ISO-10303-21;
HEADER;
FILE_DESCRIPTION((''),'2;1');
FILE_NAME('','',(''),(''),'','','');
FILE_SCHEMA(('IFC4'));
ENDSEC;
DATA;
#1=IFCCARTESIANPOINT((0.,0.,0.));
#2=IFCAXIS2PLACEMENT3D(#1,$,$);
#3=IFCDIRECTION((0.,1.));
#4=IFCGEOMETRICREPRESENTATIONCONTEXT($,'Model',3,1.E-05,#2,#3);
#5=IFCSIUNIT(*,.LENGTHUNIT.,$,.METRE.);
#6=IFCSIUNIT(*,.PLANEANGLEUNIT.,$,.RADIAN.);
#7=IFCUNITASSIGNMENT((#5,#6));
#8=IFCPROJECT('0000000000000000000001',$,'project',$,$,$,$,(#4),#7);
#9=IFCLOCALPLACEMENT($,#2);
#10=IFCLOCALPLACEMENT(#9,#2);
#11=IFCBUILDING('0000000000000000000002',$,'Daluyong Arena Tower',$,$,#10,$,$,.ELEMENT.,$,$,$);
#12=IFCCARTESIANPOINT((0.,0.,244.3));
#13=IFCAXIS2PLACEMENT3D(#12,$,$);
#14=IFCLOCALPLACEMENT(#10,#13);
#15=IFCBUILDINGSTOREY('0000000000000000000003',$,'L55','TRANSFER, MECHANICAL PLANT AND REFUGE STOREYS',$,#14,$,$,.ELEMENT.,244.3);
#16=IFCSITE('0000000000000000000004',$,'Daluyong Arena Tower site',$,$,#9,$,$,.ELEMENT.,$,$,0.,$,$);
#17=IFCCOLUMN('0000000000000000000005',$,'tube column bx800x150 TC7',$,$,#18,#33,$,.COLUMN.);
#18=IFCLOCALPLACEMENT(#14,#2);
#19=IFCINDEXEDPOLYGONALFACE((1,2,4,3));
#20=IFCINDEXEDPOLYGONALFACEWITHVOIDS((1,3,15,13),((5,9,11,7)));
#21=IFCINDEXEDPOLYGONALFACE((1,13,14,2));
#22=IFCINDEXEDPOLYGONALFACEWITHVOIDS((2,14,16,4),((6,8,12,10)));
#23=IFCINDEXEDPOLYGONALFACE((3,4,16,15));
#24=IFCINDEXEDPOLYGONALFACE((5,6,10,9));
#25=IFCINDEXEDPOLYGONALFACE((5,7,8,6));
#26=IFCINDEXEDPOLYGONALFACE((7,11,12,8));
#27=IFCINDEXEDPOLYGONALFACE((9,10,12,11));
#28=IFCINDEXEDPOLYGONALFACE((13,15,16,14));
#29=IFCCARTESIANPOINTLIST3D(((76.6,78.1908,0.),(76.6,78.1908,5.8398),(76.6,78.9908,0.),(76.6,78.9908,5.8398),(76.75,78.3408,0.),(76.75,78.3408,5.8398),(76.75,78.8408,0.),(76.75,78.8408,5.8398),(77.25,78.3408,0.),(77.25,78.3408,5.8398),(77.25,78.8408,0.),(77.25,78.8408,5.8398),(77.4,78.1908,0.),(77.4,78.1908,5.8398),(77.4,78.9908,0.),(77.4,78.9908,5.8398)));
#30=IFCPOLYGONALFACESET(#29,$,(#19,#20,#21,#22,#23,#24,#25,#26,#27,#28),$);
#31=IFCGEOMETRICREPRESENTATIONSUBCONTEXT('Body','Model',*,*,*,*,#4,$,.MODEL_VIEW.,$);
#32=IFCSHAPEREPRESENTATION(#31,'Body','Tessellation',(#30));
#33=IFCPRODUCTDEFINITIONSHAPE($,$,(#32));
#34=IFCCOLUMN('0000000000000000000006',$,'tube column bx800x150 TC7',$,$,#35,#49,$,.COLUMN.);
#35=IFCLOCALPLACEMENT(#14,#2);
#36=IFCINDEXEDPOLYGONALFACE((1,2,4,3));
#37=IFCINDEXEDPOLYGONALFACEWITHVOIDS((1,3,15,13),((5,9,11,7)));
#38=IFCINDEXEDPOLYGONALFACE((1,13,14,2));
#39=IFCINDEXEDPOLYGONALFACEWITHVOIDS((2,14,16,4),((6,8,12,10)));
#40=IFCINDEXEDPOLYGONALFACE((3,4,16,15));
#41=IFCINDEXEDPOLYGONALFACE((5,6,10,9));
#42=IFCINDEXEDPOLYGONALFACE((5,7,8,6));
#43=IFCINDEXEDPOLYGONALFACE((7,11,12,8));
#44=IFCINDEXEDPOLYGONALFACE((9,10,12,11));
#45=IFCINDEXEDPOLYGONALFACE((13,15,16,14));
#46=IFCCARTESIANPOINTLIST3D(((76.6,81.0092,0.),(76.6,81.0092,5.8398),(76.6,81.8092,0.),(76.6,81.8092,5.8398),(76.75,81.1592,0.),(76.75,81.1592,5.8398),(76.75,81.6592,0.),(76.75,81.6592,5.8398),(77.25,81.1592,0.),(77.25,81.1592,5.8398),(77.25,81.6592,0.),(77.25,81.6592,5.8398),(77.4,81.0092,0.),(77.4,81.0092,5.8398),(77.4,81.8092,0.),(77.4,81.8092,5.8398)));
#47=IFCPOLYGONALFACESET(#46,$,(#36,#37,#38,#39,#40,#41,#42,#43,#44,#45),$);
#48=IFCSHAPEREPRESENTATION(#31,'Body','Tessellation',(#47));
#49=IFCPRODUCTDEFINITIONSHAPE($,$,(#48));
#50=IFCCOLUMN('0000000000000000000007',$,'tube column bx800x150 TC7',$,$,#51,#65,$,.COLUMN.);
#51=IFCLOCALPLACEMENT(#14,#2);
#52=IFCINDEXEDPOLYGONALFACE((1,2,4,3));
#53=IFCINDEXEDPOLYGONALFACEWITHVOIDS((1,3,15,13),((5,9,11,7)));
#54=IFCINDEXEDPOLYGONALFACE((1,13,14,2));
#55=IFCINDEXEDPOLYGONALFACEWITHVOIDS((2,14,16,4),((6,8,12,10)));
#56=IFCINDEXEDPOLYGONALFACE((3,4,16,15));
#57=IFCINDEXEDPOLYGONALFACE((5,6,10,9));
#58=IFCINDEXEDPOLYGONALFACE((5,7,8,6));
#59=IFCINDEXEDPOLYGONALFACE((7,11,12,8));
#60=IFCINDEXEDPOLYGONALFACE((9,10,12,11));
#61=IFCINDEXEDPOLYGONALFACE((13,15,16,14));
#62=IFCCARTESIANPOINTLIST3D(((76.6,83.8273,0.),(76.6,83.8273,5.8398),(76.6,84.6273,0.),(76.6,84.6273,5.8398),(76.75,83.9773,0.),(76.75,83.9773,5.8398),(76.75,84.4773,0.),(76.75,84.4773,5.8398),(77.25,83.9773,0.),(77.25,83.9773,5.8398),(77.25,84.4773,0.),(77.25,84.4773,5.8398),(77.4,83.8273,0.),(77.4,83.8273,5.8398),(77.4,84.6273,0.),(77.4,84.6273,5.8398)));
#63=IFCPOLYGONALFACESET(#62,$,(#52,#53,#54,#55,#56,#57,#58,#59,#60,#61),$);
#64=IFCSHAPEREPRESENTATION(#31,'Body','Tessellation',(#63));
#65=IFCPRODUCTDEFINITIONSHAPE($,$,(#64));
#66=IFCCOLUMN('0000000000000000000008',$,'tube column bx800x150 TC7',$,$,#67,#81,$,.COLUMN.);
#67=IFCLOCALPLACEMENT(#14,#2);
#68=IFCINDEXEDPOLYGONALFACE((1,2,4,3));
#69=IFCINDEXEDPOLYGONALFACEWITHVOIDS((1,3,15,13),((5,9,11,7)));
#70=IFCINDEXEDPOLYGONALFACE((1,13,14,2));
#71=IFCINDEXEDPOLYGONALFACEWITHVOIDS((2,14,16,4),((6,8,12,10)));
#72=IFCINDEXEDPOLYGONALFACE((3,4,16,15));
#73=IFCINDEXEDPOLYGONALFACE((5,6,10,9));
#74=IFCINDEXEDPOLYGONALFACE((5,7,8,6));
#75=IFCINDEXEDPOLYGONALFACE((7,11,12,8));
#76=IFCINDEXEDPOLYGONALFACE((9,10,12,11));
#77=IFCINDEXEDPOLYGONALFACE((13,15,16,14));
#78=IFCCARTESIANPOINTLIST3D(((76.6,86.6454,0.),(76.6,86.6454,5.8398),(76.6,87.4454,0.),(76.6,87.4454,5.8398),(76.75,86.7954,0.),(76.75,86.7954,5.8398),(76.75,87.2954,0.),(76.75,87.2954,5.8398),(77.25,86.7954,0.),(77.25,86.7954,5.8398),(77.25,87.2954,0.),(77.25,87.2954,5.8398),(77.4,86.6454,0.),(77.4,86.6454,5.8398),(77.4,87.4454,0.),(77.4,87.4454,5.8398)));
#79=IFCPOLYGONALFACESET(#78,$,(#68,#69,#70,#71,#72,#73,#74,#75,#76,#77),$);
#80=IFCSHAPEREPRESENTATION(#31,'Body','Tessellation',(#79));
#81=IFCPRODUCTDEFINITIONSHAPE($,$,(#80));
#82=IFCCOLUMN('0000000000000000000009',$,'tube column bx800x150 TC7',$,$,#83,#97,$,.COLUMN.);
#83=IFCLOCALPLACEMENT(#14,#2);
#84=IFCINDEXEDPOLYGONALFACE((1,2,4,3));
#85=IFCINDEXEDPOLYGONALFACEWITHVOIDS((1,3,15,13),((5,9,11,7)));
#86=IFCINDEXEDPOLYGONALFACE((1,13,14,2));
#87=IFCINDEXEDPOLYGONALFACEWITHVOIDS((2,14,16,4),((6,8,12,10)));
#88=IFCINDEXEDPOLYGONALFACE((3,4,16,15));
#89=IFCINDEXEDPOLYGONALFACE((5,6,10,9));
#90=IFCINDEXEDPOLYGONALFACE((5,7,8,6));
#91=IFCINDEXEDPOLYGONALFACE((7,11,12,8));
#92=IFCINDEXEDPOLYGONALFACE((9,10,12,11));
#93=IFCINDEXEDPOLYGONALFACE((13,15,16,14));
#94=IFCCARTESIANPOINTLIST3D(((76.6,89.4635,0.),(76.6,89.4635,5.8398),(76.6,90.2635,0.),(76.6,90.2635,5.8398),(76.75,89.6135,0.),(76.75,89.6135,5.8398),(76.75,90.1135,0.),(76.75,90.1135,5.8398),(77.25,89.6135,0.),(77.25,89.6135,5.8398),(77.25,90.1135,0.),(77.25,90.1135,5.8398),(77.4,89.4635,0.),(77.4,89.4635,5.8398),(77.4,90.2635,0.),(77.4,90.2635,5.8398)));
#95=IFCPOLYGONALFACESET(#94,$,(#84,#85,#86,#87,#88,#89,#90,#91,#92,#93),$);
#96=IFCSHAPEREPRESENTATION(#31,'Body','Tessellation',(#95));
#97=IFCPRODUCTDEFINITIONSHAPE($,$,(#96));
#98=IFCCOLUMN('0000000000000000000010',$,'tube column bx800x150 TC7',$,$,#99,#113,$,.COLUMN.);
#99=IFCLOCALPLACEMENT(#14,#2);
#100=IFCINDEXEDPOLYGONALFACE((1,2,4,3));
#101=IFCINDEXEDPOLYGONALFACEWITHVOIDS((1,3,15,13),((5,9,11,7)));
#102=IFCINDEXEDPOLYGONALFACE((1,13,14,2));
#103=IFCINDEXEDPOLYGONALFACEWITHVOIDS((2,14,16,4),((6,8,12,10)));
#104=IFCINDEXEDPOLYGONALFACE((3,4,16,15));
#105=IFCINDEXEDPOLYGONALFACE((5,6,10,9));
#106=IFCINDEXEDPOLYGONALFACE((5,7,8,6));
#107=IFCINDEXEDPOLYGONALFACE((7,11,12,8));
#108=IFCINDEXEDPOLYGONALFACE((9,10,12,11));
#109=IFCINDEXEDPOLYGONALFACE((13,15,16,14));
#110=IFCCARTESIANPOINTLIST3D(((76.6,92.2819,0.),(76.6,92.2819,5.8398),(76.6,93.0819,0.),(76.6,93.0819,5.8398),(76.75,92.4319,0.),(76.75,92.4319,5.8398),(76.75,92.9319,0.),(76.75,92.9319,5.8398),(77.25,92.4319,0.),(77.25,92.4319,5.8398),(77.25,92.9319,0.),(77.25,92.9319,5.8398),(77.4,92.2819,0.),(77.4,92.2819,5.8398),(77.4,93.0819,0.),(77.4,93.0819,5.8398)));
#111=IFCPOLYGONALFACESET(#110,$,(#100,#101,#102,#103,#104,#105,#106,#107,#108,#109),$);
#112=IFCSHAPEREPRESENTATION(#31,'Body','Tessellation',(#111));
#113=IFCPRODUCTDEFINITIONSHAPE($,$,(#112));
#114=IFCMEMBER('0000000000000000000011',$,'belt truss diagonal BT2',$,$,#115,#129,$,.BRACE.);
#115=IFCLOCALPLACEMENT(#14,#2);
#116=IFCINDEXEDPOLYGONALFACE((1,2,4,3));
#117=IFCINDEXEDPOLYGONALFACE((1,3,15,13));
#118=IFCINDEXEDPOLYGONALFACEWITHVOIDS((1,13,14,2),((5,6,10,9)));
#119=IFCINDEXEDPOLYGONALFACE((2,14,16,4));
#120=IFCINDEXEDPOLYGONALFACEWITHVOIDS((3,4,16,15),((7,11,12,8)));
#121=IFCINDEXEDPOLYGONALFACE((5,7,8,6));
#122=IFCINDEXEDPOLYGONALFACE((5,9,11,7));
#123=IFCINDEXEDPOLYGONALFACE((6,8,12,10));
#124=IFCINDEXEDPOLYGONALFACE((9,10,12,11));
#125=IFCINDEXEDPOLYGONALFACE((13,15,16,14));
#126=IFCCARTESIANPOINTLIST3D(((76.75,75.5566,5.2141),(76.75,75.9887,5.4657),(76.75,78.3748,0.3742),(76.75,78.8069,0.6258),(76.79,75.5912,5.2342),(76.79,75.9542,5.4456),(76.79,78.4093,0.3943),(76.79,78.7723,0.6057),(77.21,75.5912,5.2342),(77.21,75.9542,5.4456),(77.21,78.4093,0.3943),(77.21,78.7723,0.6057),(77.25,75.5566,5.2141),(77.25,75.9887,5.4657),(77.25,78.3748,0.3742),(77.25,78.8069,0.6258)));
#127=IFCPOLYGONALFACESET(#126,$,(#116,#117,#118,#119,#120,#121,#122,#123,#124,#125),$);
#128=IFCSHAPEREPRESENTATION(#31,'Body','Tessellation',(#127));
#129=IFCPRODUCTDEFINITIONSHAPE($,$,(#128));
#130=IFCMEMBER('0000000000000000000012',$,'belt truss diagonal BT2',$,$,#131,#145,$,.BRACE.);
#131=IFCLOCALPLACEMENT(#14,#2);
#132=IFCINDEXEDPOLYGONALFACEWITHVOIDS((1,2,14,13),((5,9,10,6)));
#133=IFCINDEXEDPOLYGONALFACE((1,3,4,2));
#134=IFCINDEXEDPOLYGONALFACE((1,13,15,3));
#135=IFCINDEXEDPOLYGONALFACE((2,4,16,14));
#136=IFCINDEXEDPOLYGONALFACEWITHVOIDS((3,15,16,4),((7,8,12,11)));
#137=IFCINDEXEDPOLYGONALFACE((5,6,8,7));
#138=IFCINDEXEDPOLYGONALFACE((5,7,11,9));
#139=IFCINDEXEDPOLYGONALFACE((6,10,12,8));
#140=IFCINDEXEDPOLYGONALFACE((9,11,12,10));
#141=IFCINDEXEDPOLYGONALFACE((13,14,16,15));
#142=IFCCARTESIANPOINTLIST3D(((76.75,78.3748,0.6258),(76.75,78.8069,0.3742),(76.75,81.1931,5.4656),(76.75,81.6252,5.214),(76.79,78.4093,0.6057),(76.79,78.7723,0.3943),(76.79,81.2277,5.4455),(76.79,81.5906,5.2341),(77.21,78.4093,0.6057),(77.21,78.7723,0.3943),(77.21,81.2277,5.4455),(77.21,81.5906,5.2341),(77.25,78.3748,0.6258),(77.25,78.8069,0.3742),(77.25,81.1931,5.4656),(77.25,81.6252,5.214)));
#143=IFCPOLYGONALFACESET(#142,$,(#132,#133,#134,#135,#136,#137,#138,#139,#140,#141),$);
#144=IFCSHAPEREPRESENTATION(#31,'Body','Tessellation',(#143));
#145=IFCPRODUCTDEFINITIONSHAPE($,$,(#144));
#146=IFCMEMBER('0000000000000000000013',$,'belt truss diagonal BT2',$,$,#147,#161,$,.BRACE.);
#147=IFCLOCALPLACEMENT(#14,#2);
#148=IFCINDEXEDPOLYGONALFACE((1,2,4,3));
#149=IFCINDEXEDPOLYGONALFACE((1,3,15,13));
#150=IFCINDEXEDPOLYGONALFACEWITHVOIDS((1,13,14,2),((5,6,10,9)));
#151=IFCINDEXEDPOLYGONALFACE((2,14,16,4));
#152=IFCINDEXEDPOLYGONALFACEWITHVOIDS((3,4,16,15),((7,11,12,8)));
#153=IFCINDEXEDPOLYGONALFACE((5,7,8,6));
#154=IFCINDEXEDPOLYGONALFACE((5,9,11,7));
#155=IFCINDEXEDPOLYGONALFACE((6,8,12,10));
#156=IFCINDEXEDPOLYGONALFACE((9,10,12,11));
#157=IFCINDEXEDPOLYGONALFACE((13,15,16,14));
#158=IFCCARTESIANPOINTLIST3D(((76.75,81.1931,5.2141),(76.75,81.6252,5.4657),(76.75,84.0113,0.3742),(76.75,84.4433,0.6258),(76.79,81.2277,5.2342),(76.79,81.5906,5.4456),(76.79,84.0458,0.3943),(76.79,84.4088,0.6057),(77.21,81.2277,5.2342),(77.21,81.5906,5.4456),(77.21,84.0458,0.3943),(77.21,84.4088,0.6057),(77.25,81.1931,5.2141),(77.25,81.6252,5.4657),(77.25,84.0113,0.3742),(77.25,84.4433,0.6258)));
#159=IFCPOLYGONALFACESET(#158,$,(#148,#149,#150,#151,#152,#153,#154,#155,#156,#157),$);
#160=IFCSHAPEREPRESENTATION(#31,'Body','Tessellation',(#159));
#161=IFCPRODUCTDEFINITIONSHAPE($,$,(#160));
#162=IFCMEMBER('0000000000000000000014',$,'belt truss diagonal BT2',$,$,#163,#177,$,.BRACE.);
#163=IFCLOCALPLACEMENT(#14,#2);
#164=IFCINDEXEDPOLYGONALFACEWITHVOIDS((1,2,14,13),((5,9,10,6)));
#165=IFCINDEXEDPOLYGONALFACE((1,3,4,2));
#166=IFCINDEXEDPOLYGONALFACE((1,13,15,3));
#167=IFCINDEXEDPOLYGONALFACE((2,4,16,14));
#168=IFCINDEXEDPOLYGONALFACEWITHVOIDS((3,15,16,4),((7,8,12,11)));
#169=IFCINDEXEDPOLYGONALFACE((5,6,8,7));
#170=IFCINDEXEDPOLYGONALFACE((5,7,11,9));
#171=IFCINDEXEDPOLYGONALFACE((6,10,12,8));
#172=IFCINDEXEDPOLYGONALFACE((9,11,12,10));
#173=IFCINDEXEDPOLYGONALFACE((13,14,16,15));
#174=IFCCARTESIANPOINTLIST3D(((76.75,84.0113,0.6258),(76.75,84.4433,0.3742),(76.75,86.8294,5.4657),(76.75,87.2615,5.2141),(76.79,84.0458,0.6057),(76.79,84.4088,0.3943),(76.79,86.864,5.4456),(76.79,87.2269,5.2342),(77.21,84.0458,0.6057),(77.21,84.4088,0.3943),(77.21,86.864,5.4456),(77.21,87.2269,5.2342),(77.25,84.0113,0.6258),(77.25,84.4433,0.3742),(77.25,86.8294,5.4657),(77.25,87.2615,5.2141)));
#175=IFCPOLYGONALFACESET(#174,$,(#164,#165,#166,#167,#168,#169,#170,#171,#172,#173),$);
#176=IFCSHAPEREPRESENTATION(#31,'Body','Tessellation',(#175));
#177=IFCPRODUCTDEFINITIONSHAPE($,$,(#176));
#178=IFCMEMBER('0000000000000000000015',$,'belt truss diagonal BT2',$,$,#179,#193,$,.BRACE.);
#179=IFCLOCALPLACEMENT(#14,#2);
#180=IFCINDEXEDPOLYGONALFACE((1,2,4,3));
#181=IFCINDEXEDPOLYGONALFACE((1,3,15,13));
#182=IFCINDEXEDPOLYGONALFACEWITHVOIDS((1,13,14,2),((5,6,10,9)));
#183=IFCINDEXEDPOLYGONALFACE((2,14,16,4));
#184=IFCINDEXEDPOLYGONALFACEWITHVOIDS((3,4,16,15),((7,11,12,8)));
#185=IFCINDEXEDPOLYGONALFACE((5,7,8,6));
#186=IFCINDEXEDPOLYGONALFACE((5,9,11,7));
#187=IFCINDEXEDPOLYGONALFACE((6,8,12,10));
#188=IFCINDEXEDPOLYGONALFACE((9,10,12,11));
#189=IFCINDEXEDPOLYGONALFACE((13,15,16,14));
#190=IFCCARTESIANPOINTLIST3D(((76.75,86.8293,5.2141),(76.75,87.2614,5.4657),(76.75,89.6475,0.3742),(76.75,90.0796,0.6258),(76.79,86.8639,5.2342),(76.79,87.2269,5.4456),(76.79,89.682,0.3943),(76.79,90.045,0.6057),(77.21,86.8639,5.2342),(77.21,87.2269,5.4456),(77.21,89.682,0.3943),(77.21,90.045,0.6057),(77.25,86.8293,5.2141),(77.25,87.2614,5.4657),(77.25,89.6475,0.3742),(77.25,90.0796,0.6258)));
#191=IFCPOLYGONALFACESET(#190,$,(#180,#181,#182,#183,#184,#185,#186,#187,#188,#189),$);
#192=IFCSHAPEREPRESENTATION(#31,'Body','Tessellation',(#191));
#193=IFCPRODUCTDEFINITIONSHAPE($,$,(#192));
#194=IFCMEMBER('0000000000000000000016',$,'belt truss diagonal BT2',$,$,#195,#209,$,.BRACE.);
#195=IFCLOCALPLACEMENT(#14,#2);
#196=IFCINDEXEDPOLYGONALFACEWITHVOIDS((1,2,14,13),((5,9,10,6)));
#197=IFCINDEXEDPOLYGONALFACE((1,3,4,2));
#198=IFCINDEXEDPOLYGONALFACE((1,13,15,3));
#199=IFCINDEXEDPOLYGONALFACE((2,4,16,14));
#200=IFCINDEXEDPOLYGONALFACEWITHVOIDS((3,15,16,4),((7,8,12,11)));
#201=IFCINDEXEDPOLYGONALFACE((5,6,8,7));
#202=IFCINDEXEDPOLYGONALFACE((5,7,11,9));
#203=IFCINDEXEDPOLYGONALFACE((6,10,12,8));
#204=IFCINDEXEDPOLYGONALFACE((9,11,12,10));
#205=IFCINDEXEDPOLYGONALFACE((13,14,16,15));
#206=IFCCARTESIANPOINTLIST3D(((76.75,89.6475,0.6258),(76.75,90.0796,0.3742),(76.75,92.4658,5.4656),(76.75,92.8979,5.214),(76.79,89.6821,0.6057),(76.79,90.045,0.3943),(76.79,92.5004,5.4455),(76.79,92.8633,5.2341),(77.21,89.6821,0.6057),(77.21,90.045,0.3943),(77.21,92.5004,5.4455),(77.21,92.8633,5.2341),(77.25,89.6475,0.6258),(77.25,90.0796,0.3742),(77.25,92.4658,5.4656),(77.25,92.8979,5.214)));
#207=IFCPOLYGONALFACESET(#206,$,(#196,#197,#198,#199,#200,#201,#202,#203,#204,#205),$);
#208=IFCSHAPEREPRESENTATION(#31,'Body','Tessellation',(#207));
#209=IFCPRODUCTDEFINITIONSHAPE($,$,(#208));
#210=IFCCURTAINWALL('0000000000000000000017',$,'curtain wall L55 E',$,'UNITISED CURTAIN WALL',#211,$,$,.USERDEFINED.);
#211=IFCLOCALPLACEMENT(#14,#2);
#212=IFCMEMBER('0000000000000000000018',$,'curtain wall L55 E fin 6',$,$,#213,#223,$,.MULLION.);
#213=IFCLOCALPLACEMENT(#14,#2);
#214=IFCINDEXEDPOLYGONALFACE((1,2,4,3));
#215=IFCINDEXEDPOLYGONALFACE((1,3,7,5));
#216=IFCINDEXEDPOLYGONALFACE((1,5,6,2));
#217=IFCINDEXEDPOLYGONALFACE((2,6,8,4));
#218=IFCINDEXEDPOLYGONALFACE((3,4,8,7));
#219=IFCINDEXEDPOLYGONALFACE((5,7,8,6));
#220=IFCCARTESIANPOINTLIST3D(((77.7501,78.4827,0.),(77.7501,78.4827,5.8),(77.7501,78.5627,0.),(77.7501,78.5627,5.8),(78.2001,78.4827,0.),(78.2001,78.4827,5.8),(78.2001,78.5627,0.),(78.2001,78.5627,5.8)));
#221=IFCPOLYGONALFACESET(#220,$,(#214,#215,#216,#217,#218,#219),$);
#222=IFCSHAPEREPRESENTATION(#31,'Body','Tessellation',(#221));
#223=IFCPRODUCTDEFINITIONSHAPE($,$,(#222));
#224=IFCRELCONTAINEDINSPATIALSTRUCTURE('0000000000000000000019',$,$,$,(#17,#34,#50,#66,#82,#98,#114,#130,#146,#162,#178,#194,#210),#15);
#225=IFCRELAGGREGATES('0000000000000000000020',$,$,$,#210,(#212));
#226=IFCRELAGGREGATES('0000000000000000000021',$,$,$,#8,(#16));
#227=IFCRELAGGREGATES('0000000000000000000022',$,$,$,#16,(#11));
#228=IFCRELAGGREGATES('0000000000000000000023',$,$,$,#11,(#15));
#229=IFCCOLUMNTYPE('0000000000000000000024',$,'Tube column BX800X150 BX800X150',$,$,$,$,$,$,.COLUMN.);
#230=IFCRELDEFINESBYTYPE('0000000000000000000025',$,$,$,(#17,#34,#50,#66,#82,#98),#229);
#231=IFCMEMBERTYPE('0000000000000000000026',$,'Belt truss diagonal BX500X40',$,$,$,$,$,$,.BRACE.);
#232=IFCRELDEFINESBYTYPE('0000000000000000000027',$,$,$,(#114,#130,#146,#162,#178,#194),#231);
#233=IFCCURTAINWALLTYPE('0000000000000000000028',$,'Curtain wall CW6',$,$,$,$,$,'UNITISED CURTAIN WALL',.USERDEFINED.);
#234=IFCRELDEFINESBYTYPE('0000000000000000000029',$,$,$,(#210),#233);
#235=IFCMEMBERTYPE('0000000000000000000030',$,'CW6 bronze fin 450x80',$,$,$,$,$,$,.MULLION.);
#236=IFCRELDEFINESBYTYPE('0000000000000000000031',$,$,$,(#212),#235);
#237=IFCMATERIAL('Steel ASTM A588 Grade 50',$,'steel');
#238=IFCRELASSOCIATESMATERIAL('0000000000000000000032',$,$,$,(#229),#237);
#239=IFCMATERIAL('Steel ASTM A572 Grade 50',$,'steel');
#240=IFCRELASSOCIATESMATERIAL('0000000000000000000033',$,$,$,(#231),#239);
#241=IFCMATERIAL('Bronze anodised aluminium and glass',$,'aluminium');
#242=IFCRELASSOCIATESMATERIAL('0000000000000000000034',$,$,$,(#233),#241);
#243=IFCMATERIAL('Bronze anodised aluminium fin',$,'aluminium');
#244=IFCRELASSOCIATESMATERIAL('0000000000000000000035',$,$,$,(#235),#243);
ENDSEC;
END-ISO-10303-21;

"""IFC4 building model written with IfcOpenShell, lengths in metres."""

from ifc_helpers import new_model, si_unit, direction, frame, origin, origin_2d, place, context, subcontext, project, spatial, rectangle, hollow_rectangle, extrude, material, material_profile, profile_set, type_object, element, aggregate, save


model = new_model("IFC4")

# Units and contexts
model_context = context("Model", 3, precision=1e-05, world=origin(), true_north=direction((0.0, 1.0)))
body_context = subcontext(model_context, "Body", "Model", "MODEL_VIEW")
ifc_project = project(units=[si_unit("LENGTHUNIT", "METRE"), si_unit("PLANEANGLEUNIT", "RADIAN")], contexts=[model_context])

# Site, building, storey
site_placement = place(None, origin())
site = spatial("IfcSite", under=ifc_project, at=site_placement, Name="Daluyong Arena Tower site", CompositionType="ELEMENT", RefElevation=0.0)
building_placement = place(site_placement, origin())
building = spatial("IfcBuilding", under=site, at=building_placement, Name="Daluyong Arena Tower", CompositionType="ELEMENT")
storey_placement = place(building_placement, frame((0.0, 0.0, 244.3)))
storey = spatial("IfcBuildingStorey", under=building, at=storey_placement, Name="L55", Description="TRANSFER, MECHANICAL PLANT AND REFUGE STOREYS", CompositionType="ELEMENT", Elevation=244.3)

# Columns
ifc_material_1 = material(Name="Steel ASTM A588 Grade 50", Category="steel")
ifc_material_profile_1 = material_profile(ifc_material_1, hollow_rectangle(XDim=0.8, YDim=0.8, WallThickness=0.15, at=origin_2d()))
ifc_profile_set_1 = profile_set([ifc_material_profile_1], Name="Steel ASTM A588 Grade 50")
column_type = type_object("IfcColumnType", Name="Tube column BX800X150 BX800X150", PredefinedType="COLUMN", material=ifc_profile_set_1)
for number, where, z_axis, x_axis, name in (
    (1, (77.0, 78.5908, 0.0), (0.0, 0.0, 1.0), (0.0, 1.0, 0.0), "tube column bx800x150 TC7"),
    (2, (77.0, 81.4092, 0.0), (0.0, 0.0, 1.0), (0.0, 1.0, 0.0), "tube column bx800x150 TC7"),
    (3, (77.0, 84.2273, 0.0), (0.0, 0.0, 1.0), (0.0, 1.0, 0.0), "tube column bx800x150 TC7"),
    (4, (77.0, 87.0454, 0.0), (0.0, 0.0, 1.0), (0.0, 1.0, 0.0), "tube column bx800x150 TC7"),
    (5, (77.0, 89.8635, 0.0), (0.0, 0.0, 1.0), (0.0, 1.0, 0.0), "tube column bx800x150 TC7"),
    (6, (77.0, 92.6819, 0.0), (0.0, 0.0, 1.0), (0.0, 1.0, 0.0), "tube column bx800x150 TC7"),
):
    element("IfcColumn", number, at=place(storey_placement, frame(where, z_axis=z_axis, x_axis=x_axis)), inside=storey, type_object=column_type, Name=name, PredefinedType="COLUMN", context=body_context, shape_type="SweptSolid", body=[
        extrude(hollow_rectangle(XDim=0.8, YDim=0.8, WallThickness=0.15, at=origin_2d()), origin(), (0.0, 0.0, 1.0), 5.8398),
    ])

# Members
ifc_material_2 = material(Name="Steel ASTM A572 Grade 50", Category="steel")
ifc_material_profile_2 = material_profile(ifc_material_2, hollow_rectangle(XDim=0.5, YDim=0.5, WallThickness=0.04, at=origin_2d()))
ifc_profile_set_2 = profile_set([ifc_material_profile_2], Name="Steel ASTM A572 Grade 50")
member_type_1 = type_object("IfcMemberType", Name="Belt truss diagonal BX500X40", PredefinedType="BRACE", material=ifc_profile_set_2)
for number, where, z_axis, x_axis, name in (
    (7, (77.0, 78.5908, 0.5), (0.0, -0.503188, 0.864177), (1.0, 0.0, 0.0), "belt truss diagonal BT2"),
    (8, (77.0, 78.5908, 0.5), (0.0, 0.50322, 0.864158), (-1.0, 0.0, 0.0), "belt truss diagonal BT2"),
    (9, (77.0, 84.2273, 0.5), (0.0, -0.503188, 0.864177), (1.0, 0.0, 0.0), "belt truss diagonal BT2"),
    (10, (77.0, 84.2273, 0.5), (0.0, 0.503188, 0.864177), (-1.0, 0.0, 0.0), "belt truss diagonal BT2"),
    (11, (77.0, 89.8635, 0.5), (0.0, -0.503188, 0.864177), (1.0, 0.0, 0.0), "belt truss diagonal BT2"),
    (12, (77.0, 89.8635, 0.5), (0.0, 0.50322, 0.864158), (-1.0, 0.0, 0.0), "belt truss diagonal BT2"),
):
    element("IfcMember", number, at=place(storey_placement, frame(where, z_axis=z_axis, x_axis=x_axis)), inside=storey, type_object=member_type_1, Name=name, PredefinedType="BRACE", context=body_context, shape_type="SweptSolid", body=[
        extrude(hollow_rectangle(XDim=0.5, YDim=0.5, WallThickness=0.04, at=origin_2d()), origin(), (0.0, 0.0, 1.0), 5.6006),
    ])

# Curtain wall, member
ifc_material_3 = material(Name="Bronze anodised aluminium and glass", Category="aluminium")
curtain_wall_type = type_object("IfcCurtainWallType", Name="Curtain wall CW6", ElementType="UNITISED CURTAIN WALL", PredefinedType="USERDEFINED", material=ifc_material_3)
curtain_wall_placement = place(storey_placement, origin())
curtain_wall = element("IfcCurtainWall", 13, at=curtain_wall_placement, inside=storey, type_object=curtain_wall_type, Name="curtain wall L55 E", ObjectType="UNITISED CURTAIN WALL", PredefinedType="USERDEFINED")
ifc_material_4 = material(Name="Bronze anodised aluminium fin", Category="aluminium")
ifc_material_profile_3 = material_profile(ifc_material_4, rectangle(XDim=0.45, YDim=0.0801, at=origin_2d()))
ifc_profile_set_3 = profile_set([ifc_material_profile_3], Name="Bronze anodised aluminium fin")
member_type_2 = type_object("IfcMemberType", Name="CW6 bronze fin 450x80", PredefinedType="MULLION", material=ifc_profile_set_3)
member_1_placement = place(storey_placement, frame((77.9751, 78.5227, 0.0), z_axis=(0.0, 0.0, 1.0), x_axis=(-1.0, 0.0, 0.0)))
member_1 = element("IfcMember", 14, at=member_1_placement, type_object=member_type_2, Name="curtain wall L55 E fin 6", PredefinedType="MULLION", context=body_context, shape_type="SweptSolid", body=[
    extrude(rectangle(XDim=0.45, YDim=0.0801, at=origin_2d()), origin(), (0.0, 0.0, 1.0), 5.8),
])

aggregate(curtain_wall, [member_1])

save(model, "model.ifc")
